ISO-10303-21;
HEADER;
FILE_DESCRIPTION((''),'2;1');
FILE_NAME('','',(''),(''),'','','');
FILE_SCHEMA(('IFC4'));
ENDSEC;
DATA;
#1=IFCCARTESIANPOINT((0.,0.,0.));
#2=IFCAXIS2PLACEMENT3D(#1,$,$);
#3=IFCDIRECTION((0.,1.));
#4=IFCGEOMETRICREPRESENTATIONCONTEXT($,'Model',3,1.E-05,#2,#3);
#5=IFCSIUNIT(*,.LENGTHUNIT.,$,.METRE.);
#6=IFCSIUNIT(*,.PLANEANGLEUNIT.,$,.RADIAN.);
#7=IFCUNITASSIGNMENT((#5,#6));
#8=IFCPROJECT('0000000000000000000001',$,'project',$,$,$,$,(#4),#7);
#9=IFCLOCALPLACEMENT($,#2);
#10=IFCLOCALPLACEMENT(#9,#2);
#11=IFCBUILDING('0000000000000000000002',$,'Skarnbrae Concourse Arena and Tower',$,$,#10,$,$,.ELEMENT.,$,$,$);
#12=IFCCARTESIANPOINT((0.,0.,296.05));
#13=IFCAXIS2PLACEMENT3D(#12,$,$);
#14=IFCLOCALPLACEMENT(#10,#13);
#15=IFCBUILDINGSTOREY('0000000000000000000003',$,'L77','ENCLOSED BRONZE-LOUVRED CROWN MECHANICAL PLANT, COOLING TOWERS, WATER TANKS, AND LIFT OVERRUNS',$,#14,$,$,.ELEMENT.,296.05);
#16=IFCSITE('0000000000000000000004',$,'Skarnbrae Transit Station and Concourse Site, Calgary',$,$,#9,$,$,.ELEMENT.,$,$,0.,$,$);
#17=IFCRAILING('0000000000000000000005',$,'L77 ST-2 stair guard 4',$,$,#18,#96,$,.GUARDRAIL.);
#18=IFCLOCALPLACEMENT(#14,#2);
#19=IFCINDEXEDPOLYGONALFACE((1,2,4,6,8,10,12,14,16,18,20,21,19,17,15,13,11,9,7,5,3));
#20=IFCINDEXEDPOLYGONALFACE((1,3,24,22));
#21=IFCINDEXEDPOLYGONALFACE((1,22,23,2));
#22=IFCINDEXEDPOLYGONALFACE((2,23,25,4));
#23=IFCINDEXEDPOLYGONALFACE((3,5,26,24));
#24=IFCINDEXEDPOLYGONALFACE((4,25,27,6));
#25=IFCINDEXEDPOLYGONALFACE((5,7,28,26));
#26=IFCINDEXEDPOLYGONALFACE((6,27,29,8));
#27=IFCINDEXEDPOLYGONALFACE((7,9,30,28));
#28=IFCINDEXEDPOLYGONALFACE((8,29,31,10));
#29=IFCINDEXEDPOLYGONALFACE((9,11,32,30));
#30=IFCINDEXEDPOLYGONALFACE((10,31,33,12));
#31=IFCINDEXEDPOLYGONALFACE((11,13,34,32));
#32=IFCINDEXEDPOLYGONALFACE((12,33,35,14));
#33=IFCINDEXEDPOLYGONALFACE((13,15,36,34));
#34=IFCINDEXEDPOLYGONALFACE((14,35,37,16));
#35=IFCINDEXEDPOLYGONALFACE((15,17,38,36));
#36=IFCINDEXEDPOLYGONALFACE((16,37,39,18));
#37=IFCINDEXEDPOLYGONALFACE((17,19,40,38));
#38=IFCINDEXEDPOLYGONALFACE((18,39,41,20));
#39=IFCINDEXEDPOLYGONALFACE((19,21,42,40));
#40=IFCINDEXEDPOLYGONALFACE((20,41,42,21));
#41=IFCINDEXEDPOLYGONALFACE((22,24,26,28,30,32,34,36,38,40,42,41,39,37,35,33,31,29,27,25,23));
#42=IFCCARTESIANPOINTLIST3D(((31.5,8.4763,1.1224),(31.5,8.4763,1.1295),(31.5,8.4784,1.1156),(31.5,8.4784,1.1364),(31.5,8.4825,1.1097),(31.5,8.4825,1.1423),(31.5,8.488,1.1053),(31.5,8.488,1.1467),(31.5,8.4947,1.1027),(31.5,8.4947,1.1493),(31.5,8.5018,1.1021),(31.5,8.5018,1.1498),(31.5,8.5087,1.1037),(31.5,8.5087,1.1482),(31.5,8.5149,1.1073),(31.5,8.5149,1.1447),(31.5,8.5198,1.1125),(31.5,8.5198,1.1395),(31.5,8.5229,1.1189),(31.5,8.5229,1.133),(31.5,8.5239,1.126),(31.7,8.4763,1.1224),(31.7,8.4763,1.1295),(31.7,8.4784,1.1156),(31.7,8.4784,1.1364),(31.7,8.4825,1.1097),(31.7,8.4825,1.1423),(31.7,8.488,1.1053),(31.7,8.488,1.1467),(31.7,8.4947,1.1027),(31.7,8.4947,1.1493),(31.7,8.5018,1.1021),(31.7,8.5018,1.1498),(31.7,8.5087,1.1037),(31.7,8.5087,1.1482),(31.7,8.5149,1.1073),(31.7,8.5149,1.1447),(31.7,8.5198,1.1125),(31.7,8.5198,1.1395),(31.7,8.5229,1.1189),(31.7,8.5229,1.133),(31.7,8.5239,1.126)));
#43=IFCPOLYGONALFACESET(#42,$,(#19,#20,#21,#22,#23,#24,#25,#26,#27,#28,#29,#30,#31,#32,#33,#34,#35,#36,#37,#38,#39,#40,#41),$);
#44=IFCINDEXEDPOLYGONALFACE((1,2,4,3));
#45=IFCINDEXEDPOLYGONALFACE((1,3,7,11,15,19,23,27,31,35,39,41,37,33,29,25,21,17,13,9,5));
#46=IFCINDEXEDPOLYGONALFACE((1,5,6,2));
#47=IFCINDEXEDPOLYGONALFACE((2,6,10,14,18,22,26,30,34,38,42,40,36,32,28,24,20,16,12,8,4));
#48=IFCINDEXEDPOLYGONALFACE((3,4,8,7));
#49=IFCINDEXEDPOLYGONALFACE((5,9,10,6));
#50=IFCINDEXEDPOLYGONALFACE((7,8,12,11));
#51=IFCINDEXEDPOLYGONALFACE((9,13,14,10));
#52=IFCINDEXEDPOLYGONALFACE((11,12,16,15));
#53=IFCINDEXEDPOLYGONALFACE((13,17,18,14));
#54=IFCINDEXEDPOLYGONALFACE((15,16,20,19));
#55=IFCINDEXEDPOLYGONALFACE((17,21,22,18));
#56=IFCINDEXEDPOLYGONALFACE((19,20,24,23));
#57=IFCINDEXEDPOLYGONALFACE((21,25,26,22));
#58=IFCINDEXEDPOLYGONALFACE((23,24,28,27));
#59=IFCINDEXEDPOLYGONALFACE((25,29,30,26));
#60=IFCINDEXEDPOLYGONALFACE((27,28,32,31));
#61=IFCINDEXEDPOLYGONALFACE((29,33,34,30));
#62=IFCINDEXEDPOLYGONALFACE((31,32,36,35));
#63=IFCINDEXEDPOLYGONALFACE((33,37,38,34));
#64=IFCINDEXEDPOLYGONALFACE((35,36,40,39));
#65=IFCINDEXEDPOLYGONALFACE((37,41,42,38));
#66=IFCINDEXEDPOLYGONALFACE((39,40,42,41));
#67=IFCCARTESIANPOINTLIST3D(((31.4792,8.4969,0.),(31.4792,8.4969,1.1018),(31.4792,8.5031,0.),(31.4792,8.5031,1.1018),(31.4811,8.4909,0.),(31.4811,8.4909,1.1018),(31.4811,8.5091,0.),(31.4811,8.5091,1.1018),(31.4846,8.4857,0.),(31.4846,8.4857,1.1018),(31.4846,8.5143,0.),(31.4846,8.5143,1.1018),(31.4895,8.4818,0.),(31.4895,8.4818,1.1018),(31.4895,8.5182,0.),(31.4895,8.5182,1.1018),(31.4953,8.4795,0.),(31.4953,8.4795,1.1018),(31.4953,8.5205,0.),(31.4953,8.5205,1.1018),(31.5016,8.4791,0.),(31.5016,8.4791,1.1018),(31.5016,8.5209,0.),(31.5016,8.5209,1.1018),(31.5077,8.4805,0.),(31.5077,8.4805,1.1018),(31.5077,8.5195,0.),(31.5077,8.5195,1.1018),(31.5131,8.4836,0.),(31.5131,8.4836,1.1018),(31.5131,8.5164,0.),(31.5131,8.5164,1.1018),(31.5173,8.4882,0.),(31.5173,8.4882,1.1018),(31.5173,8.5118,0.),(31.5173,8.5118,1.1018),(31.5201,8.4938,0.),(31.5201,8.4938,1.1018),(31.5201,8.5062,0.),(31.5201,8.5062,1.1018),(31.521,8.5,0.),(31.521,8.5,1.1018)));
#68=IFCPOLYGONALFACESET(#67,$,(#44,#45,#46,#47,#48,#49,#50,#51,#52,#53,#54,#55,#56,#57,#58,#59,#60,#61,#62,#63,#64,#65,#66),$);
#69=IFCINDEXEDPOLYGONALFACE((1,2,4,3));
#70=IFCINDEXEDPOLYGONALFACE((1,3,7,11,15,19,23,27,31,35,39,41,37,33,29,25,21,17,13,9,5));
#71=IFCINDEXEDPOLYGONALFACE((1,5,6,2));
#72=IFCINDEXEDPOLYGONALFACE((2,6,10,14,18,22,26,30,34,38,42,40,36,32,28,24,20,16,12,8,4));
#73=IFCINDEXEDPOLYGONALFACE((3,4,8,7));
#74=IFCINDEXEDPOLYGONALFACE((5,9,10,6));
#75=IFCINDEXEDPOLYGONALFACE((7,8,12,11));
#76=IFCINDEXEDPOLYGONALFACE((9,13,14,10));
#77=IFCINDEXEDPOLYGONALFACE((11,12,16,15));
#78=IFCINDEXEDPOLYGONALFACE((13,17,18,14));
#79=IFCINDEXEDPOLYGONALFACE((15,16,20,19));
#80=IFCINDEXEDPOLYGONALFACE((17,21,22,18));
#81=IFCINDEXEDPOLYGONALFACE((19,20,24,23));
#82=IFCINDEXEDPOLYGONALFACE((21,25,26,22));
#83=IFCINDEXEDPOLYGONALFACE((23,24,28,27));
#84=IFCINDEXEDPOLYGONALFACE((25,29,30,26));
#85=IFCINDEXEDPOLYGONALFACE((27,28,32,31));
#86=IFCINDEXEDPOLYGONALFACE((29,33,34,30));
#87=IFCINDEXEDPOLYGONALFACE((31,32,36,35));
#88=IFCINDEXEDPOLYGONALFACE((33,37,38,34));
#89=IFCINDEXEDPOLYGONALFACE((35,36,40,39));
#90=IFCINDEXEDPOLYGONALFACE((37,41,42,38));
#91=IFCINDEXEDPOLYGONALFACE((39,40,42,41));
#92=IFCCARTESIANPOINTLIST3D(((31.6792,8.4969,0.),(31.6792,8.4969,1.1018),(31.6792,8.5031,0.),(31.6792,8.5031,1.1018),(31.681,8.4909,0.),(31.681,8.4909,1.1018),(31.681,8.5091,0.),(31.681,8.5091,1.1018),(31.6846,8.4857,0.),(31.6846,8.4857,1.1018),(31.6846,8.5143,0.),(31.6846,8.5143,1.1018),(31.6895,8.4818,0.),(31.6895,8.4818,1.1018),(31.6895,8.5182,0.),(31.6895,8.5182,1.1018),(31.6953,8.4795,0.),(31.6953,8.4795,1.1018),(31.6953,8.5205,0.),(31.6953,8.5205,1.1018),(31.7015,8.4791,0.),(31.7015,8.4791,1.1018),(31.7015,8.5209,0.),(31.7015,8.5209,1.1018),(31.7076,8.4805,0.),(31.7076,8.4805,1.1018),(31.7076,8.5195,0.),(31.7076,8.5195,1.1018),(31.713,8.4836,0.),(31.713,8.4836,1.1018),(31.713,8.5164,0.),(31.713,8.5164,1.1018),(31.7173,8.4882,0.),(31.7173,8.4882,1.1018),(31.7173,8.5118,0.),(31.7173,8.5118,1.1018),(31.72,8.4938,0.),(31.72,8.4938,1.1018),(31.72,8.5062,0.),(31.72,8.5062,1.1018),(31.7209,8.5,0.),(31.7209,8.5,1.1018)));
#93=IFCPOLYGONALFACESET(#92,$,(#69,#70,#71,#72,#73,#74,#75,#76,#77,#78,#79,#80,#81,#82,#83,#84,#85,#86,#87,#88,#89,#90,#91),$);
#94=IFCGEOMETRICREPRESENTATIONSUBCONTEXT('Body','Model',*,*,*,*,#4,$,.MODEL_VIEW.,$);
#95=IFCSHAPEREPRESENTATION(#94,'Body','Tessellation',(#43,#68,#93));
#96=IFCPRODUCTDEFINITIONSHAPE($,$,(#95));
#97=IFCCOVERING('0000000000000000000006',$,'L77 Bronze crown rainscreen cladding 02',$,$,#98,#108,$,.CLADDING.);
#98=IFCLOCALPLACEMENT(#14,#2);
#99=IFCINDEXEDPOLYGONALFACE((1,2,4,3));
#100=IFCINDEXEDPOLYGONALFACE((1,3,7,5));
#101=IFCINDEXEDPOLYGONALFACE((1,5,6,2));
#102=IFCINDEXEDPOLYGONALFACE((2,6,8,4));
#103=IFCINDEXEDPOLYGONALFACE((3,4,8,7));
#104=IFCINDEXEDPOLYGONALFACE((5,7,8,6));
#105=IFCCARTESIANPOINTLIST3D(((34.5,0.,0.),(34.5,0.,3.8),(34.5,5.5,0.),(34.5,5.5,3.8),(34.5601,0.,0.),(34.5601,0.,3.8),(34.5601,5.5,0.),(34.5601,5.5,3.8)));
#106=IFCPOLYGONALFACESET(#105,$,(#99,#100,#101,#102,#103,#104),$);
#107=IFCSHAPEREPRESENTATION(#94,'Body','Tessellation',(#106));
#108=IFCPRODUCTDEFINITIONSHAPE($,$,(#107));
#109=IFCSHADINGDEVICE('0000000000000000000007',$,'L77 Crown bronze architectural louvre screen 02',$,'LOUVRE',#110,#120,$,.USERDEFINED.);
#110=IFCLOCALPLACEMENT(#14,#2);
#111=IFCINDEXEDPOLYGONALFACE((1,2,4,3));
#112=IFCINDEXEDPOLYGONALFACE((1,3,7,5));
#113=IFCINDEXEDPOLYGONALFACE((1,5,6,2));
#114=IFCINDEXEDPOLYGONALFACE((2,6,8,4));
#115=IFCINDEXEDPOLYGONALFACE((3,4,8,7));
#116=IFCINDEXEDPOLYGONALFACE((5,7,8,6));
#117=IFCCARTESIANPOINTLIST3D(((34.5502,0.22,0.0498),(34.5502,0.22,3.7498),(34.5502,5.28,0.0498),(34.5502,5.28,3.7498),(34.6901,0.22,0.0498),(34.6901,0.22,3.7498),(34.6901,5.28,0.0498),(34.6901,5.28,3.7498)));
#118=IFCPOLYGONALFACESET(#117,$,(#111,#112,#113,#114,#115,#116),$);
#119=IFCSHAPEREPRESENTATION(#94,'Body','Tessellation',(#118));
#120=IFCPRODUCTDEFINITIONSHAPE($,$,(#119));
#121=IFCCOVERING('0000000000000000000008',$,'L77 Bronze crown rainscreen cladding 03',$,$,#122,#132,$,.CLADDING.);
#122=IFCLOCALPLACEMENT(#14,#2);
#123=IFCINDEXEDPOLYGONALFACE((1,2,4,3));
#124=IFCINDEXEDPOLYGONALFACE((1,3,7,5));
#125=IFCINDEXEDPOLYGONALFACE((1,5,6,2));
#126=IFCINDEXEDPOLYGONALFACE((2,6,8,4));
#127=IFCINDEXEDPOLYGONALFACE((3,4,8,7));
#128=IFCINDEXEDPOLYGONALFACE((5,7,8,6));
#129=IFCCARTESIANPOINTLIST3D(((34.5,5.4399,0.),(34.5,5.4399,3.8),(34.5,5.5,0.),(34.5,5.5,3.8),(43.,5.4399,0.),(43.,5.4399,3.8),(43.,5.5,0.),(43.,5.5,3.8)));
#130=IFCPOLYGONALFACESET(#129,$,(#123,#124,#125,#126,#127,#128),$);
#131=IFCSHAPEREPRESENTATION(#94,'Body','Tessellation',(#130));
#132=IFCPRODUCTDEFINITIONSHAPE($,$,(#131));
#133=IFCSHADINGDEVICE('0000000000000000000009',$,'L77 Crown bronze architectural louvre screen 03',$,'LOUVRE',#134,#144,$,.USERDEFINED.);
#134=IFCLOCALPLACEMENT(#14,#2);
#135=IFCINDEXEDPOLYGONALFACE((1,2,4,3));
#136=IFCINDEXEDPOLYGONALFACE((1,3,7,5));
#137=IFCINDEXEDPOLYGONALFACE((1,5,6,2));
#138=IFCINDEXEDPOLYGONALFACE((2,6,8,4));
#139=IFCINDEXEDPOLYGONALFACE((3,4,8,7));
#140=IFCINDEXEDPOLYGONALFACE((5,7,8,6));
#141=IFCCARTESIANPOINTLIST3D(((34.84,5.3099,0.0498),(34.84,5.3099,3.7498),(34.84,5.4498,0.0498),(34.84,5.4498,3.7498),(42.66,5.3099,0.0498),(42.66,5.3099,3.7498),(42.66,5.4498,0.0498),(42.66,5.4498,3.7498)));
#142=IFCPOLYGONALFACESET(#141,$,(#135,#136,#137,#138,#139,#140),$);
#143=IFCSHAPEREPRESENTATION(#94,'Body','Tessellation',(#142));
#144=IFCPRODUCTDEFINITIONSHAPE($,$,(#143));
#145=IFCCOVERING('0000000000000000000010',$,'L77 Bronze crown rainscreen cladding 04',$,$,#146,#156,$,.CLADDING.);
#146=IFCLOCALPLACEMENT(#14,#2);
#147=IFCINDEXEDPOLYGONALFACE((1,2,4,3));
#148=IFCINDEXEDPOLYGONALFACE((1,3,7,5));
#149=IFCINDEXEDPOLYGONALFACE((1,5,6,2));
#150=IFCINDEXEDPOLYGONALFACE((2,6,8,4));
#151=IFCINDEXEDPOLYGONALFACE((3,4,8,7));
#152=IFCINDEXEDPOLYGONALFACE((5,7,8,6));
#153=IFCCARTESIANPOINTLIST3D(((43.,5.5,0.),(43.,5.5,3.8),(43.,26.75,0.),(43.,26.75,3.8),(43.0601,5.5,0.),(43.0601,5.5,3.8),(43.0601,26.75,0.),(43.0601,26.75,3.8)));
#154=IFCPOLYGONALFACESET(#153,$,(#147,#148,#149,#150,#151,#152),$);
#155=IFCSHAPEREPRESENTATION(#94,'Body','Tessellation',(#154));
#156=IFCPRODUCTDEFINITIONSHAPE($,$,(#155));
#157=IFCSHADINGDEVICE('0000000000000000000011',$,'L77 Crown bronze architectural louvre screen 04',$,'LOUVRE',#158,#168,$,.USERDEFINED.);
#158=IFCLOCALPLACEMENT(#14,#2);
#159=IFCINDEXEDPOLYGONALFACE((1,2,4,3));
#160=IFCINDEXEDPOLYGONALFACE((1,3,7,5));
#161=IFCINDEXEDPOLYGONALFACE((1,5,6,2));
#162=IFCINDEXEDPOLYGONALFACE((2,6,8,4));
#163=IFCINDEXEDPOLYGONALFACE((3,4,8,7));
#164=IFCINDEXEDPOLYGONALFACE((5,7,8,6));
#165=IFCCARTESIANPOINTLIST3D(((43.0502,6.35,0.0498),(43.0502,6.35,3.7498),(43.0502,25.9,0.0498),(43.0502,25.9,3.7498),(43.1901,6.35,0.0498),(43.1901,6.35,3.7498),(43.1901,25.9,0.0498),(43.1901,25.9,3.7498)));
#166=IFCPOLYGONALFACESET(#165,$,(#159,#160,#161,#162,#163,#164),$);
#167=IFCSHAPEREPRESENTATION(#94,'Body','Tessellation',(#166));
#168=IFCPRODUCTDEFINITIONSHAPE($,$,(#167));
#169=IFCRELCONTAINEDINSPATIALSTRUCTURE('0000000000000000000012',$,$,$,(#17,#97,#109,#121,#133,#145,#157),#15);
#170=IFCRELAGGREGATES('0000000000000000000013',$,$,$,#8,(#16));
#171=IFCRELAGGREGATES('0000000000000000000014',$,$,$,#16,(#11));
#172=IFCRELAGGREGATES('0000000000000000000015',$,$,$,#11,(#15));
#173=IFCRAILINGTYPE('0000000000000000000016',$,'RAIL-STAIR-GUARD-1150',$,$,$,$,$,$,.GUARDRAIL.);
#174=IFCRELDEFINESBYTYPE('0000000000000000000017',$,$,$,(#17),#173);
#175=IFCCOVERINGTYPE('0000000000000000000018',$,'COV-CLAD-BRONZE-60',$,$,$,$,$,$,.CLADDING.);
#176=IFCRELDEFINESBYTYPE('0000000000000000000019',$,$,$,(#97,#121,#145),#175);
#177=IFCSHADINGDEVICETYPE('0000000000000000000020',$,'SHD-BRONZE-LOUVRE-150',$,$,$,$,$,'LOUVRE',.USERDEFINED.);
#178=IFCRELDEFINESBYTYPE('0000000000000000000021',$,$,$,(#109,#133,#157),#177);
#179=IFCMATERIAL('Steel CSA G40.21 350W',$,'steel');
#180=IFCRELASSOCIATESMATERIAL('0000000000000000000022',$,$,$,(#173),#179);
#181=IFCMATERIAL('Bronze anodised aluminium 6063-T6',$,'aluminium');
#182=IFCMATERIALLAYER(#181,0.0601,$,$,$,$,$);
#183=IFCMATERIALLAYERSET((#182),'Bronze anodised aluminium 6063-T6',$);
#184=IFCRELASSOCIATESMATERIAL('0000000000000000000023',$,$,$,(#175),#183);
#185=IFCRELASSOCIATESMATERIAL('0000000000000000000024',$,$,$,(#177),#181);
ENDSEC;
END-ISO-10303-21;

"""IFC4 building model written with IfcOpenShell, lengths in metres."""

from ifc_helpers import new_model, si_unit, direction, frame, origin, origin_2d, place, context, subcontext, project, spatial, rectangle, circle, extrude, source, transform, mapped, material, layer, layer_set, type_object, element, save


model = new_model("IFC4")

# Units and contexts
model_context = context("Model", 3, precision=1e-05, world=origin(), true_north=direction((0.0, 1.0)))
body_context = subcontext(model_context, "Body", "Model", "MODEL_VIEW")
ifc_project = project(units=[si_unit("LENGTHUNIT", "METRE"), si_unit("PLANEANGLEUNIT", "RADIAN")], contexts=[model_context])

# Site, building, storey
site_placement = place(None, origin())
site = spatial("IfcSite", under=ifc_project, at=site_placement, Name="Skarnbrae Transit Station and Concourse Site, Calgary", CompositionType="ELEMENT", RefElevation=0.0)
building_placement = place(site_placement, origin())
building = spatial("IfcBuilding", under=site, at=building_placement, Name="Skarnbrae Concourse Arena and Tower", CompositionType="ELEMENT")
storey_placement = place(building_placement, frame((0.0, 0.0, 296.05)))
storey = spatial("IfcBuildingStorey", under=building, at=storey_placement, Name="L77", Description="ENCLOSED BRONZE-LOUVRED CROWN MECHANICAL PLANT, COOLING TOWERS, WATER TANKS, AND LIFT OVERRUNS", CompositionType="ELEMENT", Elevation=296.05)

# Shared definitions
ifc_material_1 = material(Name="Steel CSA G40.21 350W", Category="steel")

# Railing
railing_type_1 = type_object("IfcRailingType", Name="RAIL-STAIR-GUARD-1150", PredefinedType="GUARDRAIL", material=ifc_material_1)
railing_1_placement = place(storey_placement, frame((31.5, 8.5, 0.0)))
element("IfcRailing", 1, at=railing_1_placement, inside=storey, type_object=railing_type_1, Name="L77 ST-2 stair guard 4", PredefinedType="GUARDRAIL", context=body_context, shape_type="SweptSolid", body=[
    extrude(circle(Radius=0.0239, at=origin_2d()), frame((0.0, 0.0, 1.126), z_axis=(1.0, 0.0, 0.0), x_axis=(0.0, 1.0, 0.0)), (0.0, 0.0, 1.0), 0.2),
    extrude(circle(Radius=0.021, at=origin_2d()), origin(), (0.0, 0.0, 1.0), 1.1018),
    extrude(circle(Radius=0.021, at=origin_2d()), frame((0.2, 0.0, 0.0)), (0.0, 0.0, 1.0), 1.1018),
])

# Covering
ifc_material_2 = material(Name="Bronze anodised aluminium 6063-T6", Category="aluminium")
ifc_layer_1 = layer(ifc_material_2, 0.0601)
ifc_layer_set_1 = layer_set([ifc_layer_1], Name="Bronze anodised aluminium 6063-T6")
covering_type = type_object("IfcCoveringType", Name="COV-CLAD-BRONZE-60", PredefinedType="CLADDING", material=ifc_layer_set_1)
shared_shape_1 = source(origin(), body_context, "Body", "SweptSolid", [
    extrude(rectangle(XDim=5.5, YDim=0.0601, at=origin_2d()), origin(), (0.0, 0.0, 1.0), 3.8),
])
covering_1_placement = place(storey_placement, frame((34.53, 2.75, 0.0), z_axis=(0.0, 0.0, 1.0), x_axis=(0.0, 1.0, 0.0)))
element("IfcCovering", 2, at=covering_1_placement, inside=storey, type_object=covering_type, Name="L77 Bronze crown rainscreen cladding 02", PredefinedType="CLADDING", context=body_context, shape_type="MappedRepresentation", body=[
    mapped(shared_shape_1, transform((0.0, 0.0, 0.0))),
])

# Shading device
shading_device_type = type_object("IfcShadingDeviceType", Name="SHD-BRONZE-LOUVRE-150", ElementType="LOUVRE", PredefinedType="USERDEFINED", material=ifc_material_2)
shared_shape_2 = source(origin(), body_context, "Body", "SweptSolid", [
    extrude(rectangle(XDim=5.0601, YDim=0.1399, at=origin_2d()), origin(), (0.0, 0.0, 1.0), 3.7),
])
shading_device_1_placement = place(storey_placement, frame((34.6201, 2.75, 0.0498), z_axis=(0.0, 0.0, 1.0), x_axis=(0.0, 1.0, 0.0)))
element("IfcShadingDevice", 3, at=shading_device_1_placement, inside=storey, type_object=shading_device_type, Name="L77 Crown bronze architectural louvre screen 02", ObjectType="LOUVRE", PredefinedType="USERDEFINED", context=body_context, shape_type="MappedRepresentation", body=[
    mapped(shared_shape_2, transform((0.0, 0.0, 0.0))),
])

# Covering
shared_shape_3 = source(origin(), body_context, "Body", "SweptSolid", [
    extrude(rectangle(XDim=8.5, YDim=0.0601, at=origin_2d()), origin(), (0.0, 0.0, 1.0), 3.8),
])
covering_2_placement = place(storey_placement, frame((38.75, 5.47, 0.0), z_axis=(0.0, 0.0, 1.0), x_axis=(1.0, 0.0, 0.0)))
element("IfcCovering", 4, at=covering_2_placement, inside=storey, type_object=covering_type, Name="L77 Bronze crown rainscreen cladding 03", PredefinedType="CLADDING", context=body_context, shape_type="MappedRepresentation", body=[
    mapped(shared_shape_3, transform((0.0, 0.0, 0.0))),
])

# Shading device
shared_shape_4 = source(origin(), body_context, "Body", "SweptSolid", [
    extrude(rectangle(XDim=7.8201, YDim=0.1399, at=origin_2d()), origin(), (0.0, 0.0, 1.0), 3.7),
])
shading_device_2_placement = place(storey_placement, frame((38.75, 5.3799, 0.0498), z_axis=(0.0, 0.0, 1.0), x_axis=(1.0, 0.0, 0.0)))
element("IfcShadingDevice", 5, at=shading_device_2_placement, inside=storey, type_object=shading_device_type, Name="L77 Crown bronze architectural louvre screen 03", ObjectType="LOUVRE", PredefinedType="USERDEFINED", context=body_context, shape_type="MappedRepresentation", body=[
    mapped(shared_shape_4, transform((0.0, 0.0, 0.0))),
])

# Covering
shared_shape_5 = source(origin(), body_context, "Body", "SweptSolid", [
    extrude(rectangle(XDim=21.25, YDim=0.0601, at=origin_2d()), origin(), (0.0, 0.0, 1.0), 3.8),
])
covering_3_placement = place(storey_placement, frame((43.03, 16.125, 0.0), z_axis=(0.0, 0.0, 1.0), x_axis=(0.0, 1.0, 0.0)))
element("IfcCovering", 6, at=covering_3_placement, inside=storey, type_object=covering_type, Name="L77 Bronze crown rainscreen cladding 04", PredefinedType="CLADDING", context=body_context, shape_type="MappedRepresentation", body=[
    mapped(shared_shape_5, transform((0.0, 0.0, 0.0))),
])

# Shading device
shared_shape_6 = source(origin(), body_context, "Body", "SweptSolid", [
    extrude(rectangle(XDim=19.55, YDim=0.1399, at=origin_2d()), origin(), (0.0, 0.0, 1.0), 3.7),
])
shading_device_3_placement = place(storey_placement, frame((43.1201, 16.125, 0.0498), z_axis=(0.0, 0.0, 1.0), x_axis=(0.0, 1.0, 0.0)))
element("IfcShadingDevice", 7, at=shading_device_3_placement, inside=storey, type_object=shading_device_type, Name="L77 Crown bronze architectural louvre screen 04", ObjectType="LOUVRE", PredefinedType="USERDEFINED", context=body_context, shape_type="MappedRepresentation", body=[
    mapped(shared_shape_6, transform((0.0, 0.0, 0.0))),
])

save(model, "model.ifc")
